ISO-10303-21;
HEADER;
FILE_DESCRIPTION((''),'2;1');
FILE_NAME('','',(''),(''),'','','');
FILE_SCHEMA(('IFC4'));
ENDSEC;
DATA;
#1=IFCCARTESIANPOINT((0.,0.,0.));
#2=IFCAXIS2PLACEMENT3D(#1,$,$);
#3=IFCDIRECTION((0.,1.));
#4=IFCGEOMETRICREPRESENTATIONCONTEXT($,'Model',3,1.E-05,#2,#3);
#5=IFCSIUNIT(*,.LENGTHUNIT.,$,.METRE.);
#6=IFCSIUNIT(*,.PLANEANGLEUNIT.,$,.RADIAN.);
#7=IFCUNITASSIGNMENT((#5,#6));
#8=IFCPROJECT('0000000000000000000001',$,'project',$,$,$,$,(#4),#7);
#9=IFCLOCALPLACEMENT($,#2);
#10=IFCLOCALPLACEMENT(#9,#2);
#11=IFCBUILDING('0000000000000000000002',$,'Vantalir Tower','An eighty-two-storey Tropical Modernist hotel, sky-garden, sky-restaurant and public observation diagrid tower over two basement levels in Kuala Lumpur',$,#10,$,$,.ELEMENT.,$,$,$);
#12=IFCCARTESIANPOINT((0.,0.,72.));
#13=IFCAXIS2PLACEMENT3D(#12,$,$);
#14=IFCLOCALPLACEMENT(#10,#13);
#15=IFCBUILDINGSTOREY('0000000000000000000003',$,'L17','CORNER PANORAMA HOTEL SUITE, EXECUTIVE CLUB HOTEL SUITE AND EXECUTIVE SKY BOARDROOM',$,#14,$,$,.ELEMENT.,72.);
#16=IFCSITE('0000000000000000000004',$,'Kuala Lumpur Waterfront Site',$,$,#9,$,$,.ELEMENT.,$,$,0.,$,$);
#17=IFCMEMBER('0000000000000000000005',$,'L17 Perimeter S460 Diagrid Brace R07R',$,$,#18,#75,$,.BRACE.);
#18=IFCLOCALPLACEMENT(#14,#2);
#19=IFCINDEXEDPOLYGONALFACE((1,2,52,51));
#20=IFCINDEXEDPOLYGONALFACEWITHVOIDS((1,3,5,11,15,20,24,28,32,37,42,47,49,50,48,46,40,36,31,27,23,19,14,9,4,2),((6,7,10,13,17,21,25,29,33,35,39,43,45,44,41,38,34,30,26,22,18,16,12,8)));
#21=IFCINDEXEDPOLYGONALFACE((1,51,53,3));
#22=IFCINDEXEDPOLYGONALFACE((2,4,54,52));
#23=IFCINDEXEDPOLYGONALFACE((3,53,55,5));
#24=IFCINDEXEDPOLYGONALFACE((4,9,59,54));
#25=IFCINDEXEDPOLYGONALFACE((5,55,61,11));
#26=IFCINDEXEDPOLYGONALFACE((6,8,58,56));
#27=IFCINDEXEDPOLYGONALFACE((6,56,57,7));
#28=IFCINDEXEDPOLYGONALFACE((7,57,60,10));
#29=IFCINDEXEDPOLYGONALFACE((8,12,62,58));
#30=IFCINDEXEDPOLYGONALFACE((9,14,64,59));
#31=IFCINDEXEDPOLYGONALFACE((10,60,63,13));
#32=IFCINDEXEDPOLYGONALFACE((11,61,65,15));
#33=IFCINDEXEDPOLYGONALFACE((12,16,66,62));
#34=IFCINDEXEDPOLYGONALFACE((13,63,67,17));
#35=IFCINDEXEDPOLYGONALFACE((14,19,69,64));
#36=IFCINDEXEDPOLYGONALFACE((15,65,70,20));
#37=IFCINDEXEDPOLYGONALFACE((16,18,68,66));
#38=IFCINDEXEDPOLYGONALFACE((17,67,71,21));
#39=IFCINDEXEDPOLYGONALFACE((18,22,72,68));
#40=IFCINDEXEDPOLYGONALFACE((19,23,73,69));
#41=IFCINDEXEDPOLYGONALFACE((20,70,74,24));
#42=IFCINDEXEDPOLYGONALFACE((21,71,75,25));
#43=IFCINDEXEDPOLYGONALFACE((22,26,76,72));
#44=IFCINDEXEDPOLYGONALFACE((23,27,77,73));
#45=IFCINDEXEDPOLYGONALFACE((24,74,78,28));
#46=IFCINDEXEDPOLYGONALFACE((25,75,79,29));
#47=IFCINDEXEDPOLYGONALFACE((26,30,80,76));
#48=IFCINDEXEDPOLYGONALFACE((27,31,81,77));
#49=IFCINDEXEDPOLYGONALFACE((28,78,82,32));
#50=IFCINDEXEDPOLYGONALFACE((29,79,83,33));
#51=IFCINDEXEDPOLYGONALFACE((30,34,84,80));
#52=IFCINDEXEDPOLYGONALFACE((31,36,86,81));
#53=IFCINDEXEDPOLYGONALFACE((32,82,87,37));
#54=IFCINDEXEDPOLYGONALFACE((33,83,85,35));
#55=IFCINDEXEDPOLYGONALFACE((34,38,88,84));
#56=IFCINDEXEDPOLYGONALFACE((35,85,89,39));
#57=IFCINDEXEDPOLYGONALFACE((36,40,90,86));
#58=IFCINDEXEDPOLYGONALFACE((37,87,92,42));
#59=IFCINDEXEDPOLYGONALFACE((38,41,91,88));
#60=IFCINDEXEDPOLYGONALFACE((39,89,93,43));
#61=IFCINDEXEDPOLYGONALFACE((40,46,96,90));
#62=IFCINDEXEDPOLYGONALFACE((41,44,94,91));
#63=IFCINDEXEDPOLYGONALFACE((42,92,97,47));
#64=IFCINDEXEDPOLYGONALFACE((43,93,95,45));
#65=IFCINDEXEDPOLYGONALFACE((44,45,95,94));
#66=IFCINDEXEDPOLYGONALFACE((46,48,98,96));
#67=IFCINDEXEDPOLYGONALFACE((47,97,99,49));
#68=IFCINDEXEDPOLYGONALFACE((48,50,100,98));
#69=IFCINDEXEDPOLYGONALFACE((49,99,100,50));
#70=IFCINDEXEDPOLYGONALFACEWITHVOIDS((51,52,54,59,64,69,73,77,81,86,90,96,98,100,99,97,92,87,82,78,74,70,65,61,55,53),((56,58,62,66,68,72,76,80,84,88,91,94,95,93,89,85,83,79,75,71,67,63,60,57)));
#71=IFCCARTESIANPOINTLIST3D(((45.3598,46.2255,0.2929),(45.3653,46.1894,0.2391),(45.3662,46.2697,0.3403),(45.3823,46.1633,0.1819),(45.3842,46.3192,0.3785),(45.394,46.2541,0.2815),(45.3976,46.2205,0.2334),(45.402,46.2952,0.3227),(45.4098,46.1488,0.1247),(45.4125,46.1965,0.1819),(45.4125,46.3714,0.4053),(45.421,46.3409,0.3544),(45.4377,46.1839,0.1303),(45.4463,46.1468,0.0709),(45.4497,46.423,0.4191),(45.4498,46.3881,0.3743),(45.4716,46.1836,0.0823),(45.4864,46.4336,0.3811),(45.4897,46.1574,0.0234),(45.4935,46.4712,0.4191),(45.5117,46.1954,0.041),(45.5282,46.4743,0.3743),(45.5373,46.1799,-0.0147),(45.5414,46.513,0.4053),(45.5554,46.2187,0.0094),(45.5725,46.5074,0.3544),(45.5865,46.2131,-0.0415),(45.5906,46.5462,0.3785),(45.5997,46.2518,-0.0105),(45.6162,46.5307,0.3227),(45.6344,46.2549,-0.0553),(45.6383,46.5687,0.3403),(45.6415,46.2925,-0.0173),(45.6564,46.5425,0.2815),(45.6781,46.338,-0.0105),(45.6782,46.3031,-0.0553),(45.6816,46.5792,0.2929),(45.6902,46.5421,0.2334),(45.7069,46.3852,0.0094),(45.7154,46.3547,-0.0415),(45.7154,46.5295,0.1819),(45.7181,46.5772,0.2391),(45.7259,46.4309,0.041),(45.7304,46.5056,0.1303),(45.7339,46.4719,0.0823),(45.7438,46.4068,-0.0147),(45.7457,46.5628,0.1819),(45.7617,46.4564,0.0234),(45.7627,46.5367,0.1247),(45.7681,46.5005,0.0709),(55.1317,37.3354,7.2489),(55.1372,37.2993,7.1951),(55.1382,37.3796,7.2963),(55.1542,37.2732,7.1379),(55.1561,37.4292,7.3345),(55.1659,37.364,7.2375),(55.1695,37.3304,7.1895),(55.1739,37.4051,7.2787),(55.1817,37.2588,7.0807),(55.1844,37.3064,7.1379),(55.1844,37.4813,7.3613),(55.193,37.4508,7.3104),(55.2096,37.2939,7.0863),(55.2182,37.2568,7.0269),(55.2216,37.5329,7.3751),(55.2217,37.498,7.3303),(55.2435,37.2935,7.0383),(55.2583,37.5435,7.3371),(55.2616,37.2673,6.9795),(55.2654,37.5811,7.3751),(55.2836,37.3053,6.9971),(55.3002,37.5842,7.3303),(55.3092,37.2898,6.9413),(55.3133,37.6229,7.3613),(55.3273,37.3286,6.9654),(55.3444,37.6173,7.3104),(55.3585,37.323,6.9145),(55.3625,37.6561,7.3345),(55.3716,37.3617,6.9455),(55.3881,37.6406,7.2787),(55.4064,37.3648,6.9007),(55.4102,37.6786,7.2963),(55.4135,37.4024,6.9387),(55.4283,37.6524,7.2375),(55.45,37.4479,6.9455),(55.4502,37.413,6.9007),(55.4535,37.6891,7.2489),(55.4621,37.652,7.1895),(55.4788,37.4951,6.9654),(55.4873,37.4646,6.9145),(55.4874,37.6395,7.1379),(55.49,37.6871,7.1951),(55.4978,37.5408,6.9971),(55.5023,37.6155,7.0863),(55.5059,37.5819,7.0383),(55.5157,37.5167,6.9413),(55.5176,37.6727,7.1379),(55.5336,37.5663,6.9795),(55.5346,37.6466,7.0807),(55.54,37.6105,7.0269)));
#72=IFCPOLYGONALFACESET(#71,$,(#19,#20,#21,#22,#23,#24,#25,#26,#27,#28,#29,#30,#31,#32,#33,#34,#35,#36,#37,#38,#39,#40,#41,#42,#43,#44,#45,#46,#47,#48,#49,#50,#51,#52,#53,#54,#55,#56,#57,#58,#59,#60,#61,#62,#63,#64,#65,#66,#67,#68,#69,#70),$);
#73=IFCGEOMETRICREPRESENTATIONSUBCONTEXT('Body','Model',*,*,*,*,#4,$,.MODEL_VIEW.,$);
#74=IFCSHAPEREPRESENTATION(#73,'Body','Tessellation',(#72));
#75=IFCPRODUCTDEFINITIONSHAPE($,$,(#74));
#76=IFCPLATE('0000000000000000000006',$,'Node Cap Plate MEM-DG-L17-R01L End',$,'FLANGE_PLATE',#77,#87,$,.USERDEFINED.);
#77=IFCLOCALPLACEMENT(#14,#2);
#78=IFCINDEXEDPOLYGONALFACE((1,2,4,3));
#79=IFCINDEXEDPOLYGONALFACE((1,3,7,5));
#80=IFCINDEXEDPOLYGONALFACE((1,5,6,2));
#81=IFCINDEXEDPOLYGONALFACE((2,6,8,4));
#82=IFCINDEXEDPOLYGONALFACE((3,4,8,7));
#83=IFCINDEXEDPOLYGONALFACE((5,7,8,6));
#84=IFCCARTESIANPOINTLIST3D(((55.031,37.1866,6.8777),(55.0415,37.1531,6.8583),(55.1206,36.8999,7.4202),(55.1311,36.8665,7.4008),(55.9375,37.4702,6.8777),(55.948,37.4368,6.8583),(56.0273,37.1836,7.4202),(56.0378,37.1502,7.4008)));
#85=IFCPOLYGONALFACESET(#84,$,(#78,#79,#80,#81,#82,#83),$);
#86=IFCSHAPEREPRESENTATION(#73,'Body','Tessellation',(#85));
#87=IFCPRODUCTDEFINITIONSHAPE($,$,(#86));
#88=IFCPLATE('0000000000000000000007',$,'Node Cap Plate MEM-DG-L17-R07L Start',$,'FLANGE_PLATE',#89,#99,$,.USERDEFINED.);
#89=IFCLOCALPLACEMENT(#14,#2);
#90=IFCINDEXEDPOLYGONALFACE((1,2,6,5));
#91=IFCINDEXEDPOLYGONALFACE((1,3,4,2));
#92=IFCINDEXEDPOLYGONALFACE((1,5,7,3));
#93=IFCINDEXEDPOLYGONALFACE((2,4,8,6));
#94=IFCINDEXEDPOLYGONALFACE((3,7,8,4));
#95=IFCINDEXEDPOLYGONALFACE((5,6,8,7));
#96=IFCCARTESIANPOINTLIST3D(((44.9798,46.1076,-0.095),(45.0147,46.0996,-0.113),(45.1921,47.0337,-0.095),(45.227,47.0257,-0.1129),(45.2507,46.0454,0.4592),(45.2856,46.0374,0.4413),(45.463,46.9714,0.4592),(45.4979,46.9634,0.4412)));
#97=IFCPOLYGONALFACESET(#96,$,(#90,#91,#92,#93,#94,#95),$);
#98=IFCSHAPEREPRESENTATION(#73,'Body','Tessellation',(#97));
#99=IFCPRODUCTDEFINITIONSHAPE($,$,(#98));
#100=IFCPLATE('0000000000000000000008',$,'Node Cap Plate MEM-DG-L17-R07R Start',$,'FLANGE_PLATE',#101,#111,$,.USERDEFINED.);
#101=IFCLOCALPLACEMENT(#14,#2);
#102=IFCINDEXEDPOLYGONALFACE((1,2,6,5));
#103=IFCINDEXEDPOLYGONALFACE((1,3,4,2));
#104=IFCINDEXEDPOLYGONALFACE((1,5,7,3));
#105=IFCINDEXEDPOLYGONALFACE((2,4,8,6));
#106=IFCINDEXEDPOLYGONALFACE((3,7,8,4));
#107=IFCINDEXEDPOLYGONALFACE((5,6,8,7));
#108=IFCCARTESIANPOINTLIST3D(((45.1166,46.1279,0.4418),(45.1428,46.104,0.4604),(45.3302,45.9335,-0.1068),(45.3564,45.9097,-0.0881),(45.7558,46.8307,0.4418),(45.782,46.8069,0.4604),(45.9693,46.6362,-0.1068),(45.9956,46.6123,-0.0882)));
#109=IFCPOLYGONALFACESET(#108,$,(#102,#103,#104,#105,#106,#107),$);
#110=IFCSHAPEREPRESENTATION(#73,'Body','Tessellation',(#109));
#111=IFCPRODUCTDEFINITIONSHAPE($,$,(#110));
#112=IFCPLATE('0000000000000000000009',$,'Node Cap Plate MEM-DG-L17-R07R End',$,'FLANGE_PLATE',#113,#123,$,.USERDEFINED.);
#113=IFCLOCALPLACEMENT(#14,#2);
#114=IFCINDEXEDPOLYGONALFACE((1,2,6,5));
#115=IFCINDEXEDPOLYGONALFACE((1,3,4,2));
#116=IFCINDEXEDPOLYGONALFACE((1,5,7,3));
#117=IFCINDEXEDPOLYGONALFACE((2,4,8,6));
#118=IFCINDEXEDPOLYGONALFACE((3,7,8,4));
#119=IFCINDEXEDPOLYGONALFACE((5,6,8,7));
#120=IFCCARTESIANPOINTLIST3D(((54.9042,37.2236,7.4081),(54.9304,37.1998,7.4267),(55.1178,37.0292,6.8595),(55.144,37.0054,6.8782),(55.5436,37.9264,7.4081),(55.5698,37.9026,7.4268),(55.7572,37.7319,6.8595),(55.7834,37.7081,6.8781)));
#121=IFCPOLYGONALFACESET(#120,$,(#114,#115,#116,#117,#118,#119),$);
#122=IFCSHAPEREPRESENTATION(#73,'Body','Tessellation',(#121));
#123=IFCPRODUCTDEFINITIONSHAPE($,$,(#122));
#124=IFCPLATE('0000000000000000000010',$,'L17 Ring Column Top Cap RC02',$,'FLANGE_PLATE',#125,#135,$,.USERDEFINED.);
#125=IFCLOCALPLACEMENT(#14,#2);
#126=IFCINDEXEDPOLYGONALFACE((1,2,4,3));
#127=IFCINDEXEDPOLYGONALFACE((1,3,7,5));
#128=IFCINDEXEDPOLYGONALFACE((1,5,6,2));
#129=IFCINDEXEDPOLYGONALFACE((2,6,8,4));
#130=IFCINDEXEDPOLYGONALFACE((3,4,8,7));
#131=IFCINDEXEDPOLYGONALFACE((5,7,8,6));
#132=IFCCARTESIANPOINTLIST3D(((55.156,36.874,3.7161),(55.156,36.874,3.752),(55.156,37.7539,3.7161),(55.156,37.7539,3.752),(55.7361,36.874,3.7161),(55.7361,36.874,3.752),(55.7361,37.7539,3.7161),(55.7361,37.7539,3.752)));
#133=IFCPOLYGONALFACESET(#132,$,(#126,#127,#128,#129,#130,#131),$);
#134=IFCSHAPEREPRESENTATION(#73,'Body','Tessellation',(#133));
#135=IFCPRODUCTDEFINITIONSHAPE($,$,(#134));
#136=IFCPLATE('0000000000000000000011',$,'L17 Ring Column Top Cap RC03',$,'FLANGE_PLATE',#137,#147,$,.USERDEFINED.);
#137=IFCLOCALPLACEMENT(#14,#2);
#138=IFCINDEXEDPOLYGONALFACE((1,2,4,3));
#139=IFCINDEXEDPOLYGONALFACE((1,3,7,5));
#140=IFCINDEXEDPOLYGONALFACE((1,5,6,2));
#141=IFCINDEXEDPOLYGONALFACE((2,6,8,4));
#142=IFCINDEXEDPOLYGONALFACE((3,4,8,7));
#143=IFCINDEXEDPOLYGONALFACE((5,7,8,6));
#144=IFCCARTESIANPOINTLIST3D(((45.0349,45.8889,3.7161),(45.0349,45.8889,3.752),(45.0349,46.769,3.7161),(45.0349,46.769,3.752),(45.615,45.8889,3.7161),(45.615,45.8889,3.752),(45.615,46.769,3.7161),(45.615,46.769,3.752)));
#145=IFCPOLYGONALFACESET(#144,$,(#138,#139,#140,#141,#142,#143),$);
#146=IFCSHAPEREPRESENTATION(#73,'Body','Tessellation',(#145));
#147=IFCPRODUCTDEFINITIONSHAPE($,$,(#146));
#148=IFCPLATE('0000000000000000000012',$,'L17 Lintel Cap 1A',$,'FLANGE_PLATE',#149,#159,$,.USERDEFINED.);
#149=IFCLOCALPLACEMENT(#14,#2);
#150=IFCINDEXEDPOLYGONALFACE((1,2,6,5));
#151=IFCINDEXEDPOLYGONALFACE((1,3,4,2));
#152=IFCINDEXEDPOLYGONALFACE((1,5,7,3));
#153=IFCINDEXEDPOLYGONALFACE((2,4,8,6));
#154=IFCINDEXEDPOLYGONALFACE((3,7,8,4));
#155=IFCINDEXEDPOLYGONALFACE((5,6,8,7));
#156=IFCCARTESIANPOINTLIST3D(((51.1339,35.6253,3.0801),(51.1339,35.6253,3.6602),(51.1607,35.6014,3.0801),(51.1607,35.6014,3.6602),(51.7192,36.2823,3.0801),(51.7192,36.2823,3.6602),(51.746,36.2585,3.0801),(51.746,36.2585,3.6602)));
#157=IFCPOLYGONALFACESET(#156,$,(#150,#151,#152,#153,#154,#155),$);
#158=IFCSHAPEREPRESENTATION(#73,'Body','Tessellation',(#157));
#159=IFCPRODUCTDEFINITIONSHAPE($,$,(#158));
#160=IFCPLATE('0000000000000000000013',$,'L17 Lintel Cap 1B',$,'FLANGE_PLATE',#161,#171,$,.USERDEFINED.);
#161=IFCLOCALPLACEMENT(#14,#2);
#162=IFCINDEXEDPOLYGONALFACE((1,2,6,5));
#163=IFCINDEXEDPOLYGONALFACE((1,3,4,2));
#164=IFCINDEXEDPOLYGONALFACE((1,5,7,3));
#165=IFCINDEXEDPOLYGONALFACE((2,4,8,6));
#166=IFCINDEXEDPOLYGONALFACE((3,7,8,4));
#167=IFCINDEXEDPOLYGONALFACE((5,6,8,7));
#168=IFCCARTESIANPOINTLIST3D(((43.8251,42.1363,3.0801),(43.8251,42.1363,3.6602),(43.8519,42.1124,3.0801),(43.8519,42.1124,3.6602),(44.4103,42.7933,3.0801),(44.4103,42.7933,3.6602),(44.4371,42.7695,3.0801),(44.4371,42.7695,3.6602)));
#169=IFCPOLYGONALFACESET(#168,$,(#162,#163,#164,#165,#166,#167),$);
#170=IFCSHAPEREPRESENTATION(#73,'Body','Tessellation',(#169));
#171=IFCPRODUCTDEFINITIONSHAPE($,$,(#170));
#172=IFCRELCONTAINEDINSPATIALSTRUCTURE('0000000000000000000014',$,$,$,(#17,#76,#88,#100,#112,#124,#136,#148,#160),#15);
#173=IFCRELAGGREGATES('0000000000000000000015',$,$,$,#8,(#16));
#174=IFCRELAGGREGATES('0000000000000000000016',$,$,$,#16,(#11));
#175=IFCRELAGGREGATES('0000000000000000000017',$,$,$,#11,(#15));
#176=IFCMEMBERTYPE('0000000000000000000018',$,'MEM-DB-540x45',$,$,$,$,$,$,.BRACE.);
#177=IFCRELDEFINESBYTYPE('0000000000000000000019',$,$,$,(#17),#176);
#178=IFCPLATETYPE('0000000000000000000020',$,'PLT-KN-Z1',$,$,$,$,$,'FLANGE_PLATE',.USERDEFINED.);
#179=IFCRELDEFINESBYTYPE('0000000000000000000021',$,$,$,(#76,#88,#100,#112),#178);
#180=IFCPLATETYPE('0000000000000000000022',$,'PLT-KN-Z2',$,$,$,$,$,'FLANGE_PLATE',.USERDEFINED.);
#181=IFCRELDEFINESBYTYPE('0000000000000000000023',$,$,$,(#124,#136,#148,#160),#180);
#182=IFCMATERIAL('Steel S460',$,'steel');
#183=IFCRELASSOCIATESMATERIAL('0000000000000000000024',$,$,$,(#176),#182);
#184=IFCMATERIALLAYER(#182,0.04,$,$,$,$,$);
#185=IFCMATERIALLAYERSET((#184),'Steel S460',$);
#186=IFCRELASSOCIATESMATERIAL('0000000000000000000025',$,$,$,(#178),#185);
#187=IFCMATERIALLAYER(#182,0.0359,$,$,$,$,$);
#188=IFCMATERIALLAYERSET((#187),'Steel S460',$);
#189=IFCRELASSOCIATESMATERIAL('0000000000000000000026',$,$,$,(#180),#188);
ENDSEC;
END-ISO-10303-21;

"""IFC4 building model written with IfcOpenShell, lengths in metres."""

from ifc_helpers import new_model, si_unit, direction, frame, origin, origin_2d, place, context, subcontext, project, spatial, polyline, rectangle, hollow_circle, outline, extrude, material, layer, layer_set, material_profile, profile_set, type_object, element, save


model = new_model("IFC4")

# Units and contexts
model_context = context("Model", 3, precision=1e-05, world=origin(), true_north=direction((0.0, 1.0)))
body_context = subcontext(model_context, "Body", "Model", "MODEL_VIEW")
ifc_project = project(units=[si_unit("LENGTHUNIT", "METRE"), si_unit("PLANEANGLEUNIT", "RADIAN")], contexts=[model_context])

# Site, building, storey
site_placement = place(None, origin())
site = spatial("IfcSite", under=ifc_project, at=site_placement, Name="Kuala Lumpur Waterfront Site", CompositionType="ELEMENT", RefElevation=0.0)
building_placement = place(site_placement, origin())
building = spatial("IfcBuilding", under=site, at=building_placement, Name="Vantalir Tower", Description="An eighty-two-storey Tropical Modernist hotel, sky-garden, sky-restaurant and public observation diagrid tower over two basement levels in Kuala Lumpur", CompositionType="ELEMENT")
storey_placement = place(building_placement, frame((0.0, 0.0, 72.0)))
storey = spatial("IfcBuildingStorey", under=building, at=storey_placement, Name="L17", Description="CORNER PANORAMA HOTEL SUITE, EXECUTIVE CLUB HOTEL SUITE AND EXECUTIVE SKY BOARDROOM", CompositionType="ELEMENT", Elevation=72.0)

# Shared definitions
ifc_material_1 = material(Name="Steel S460", Category="steel")

# Member
ifc_material_profile_1 = material_profile(ifc_material_1, hollow_circle(Radius=0.27, WallThickness=0.0449, at=origin_2d()), Name="Steel S460")
ifc_profile_set_1 = profile_set([ifc_material_profile_1], Name="Steel S460")
member_type = type_object("IfcMemberType", Name="MEM-DB-540x45", PredefinedType="BRACE", material=ifc_profile_set_1)
member_1_placement = place(storey_placement, frame((45.564, 46.363, 0.1819), z_axis=(0.654508, -0.595444, 0.465903), x_axis=(0.672943, 0.739694, 0.0)))
element("IfcMember", 1, at=member_1_placement, inside=storey, type_object=member_type, Name="L17 Perimeter S460 Diagrid Brace R07R", PredefinedType="BRACE", context=body_context, shape_type="SweptSolid", body=[
    extrude(hollow_circle(Radius=0.27, WallThickness=0.0449, at=origin_2d()), origin(), (0.0, 0.0, 1.0), 14.9302),
])

# Plates
ifc_layer_1 = layer(ifc_material_1, 0.04)
ifc_layer_set_1 = layer_set([ifc_layer_1], Name="Steel S460")
plate_type_1 = type_object("IfcPlateType", Name="PLT-KN-Z1", ElementType="FLANGE_PLATE", PredefinedType="USERDEFINED", material=ifc_layer_set_1)
plate_1_placement = place(storey_placement, frame((55.9375, 37.4702, 6.8777), z_axis=(-0.261265, 0.834948, 0.484358), x_axis=(-0.954365, -0.298642, 0.000016)))
element("IfcPlate", 2, at=plate_1_placement, inside=storey, type_object=plate_type_1, Name="Node Cap Plate MEM-DG-L17-R01L End", ObjectType="FLANGE_PLATE", PredefinedType="USERDEFINED", context=body_context, shape_type="SweptSolid", body=[
    extrude(outline(polyline([(0.0, 0.0), (0.9498, 0.0), (0.9499, 0.6201), (-0.0001, 0.6201), (0.0, 0.0)])), origin(), (0.0, 0.0, -1.0), 0.04),
])
plate_2_placement = place(storey_placement, frame((45.1921, 47.0337, -0.095), z_axis=(-0.871287, 0.199732, 0.448293), x_axis=(-0.223467, -0.974712, -0.00005)))
element("IfcPlate", 3, at=plate_2_placement, inside=storey, type_object=plate_type_1, Name="Node Cap Plate MEM-DG-L17-R07L Start", ObjectType="FLANGE_PLATE", PredefinedType="USERDEFINED", context=body_context, shape_type="SweptSolid", body=[
    extrude(outline(polyline([(0.0, 0.0), (0.9501, 0.0), (0.9502, 0.62), (0.0001, 0.6199), (0.0, 0.0)])), origin(), (0.0, 0.0, -1.0), 0.04),
])
plate_3_placement = place(storey_placement, frame((45.3564, 45.9097, -0.0881), z_axis=(0.654581, -0.595342, 0.465931), x_axis=(0.672853, 0.739776, -0.000036)))
element("IfcPlate", 4, at=plate_3_placement, inside=storey, type_object=plate_type_1, Name="Node Cap Plate MEM-DG-L17-R07R Start", ObjectType="FLANGE_PLATE", PredefinedType="USERDEFINED", context=body_context, shape_type="SweptSolid", body=[
    extrude(outline(polyline([(0.0, 0.0), (0.9499, 0.0), (0.95, 0.62), (0.0, 0.62), (0.0, 0.0)])), origin(), (0.0, 0.0, -1.0), 0.04),
])
plate_4_placement = place(storey_placement, frame((55.144, 37.0054, 6.8782), z_axis=(0.654467, -0.595466, 0.465931), x_axis=(0.672994, 0.739648, -0.000036)))
element("IfcPlate", 5, at=plate_4_placement, inside=storey, type_object=plate_type_1, Name="Node Cap Plate MEM-DG-L17-R07R End", ObjectType="FLANGE_PLATE", PredefinedType="USERDEFINED", context=body_context, shape_type="SweptSolid", body=[
    extrude(outline(polyline([(0.0, 0.0), (0.95, 0.0), (0.9502, 0.62), (0.0, 0.62), (0.0, 0.0)])), origin(), (0.0, 0.0, -1.0), 0.04),
])
ifc_layer_2 = layer(ifc_material_1, 0.0359)
ifc_layer_set_2 = layer_set([ifc_layer_2], Name="Steel S460")
plate_type_2 = type_object("IfcPlateType", Name="PLT-KN-Z2", ElementType="FLANGE_PLATE", PredefinedType="USERDEFINED", material=ifc_layer_set_2)
plate_5_placement = place(storey_placement, frame((55.156, 37.7539, 3.752), z_axis=(0.0, 0.0, 1.0), x_axis=(0.0, -1.0, 0.0)))
element("IfcPlate", 6, at=plate_5_placement, inside=storey, type_object=plate_type_2, Name="L17 Ring Column Top Cap RC02", ObjectType="FLANGE_PLATE", PredefinedType="USERDEFINED", context=body_context, shape_type="SweptSolid", body=[
    extrude(outline(polyline([(0.0, 0.0), (0.8799, 0.0), (0.8799, 0.5801), (0.0, 0.5801), (0.0, 0.0)])), origin(), (0.0, 0.0, -1.0), 0.0359),
])
plate_6_placement = place(storey_placement, frame((45.0349, 46.769, 3.752), z_axis=(0.0, 0.0, 1.0), x_axis=(0.0, -1.0, 0.0)))
element("IfcPlate", 7, at=plate_6_placement, inside=storey, type_object=plate_type_2, Name="L17 Ring Column Top Cap RC03", ObjectType="FLANGE_PLATE", PredefinedType="USERDEFINED", context=body_context, shape_type="SweptSolid", body=[
    extrude(outline(polyline([(0.0, 0.0), (0.8801, 0.0), (0.8801, 0.5801), (0.0, 0.5801), (0.0, 0.0)])), origin(), (0.0, 0.0, -1.0), 0.0359),
])
for number, where, z_axis, x_axis, name in (
    (8, (51.4399, 35.9419, 3.0801), (0.0, 0.0, 1.0), (-0.746731, 0.665126, 0.0), "L17 Lintel Cap 1A"),
    (9, (44.1311, 42.4529, 3.0801), (0.0, 0.0, 1.0), (-0.746731, 0.665126, 0.0), "L17 Lintel Cap 1B"),
):
    element("IfcPlate", number, at=place(storey_placement, frame(where, z_axis=z_axis, x_axis=x_axis)), inside=storey, type_object=plate_type_2, Name=name, ObjectType="FLANGE_PLATE", PredefinedType="USERDEFINED", context=body_context, shape_type="SweptSolid", body=[
        extrude(rectangle(XDim=0.0359, YDim=0.8799, at=origin_2d()), origin(), (0.0, 0.0, 1.0), 0.5801),
    ])

save(model, "model.ifc")
